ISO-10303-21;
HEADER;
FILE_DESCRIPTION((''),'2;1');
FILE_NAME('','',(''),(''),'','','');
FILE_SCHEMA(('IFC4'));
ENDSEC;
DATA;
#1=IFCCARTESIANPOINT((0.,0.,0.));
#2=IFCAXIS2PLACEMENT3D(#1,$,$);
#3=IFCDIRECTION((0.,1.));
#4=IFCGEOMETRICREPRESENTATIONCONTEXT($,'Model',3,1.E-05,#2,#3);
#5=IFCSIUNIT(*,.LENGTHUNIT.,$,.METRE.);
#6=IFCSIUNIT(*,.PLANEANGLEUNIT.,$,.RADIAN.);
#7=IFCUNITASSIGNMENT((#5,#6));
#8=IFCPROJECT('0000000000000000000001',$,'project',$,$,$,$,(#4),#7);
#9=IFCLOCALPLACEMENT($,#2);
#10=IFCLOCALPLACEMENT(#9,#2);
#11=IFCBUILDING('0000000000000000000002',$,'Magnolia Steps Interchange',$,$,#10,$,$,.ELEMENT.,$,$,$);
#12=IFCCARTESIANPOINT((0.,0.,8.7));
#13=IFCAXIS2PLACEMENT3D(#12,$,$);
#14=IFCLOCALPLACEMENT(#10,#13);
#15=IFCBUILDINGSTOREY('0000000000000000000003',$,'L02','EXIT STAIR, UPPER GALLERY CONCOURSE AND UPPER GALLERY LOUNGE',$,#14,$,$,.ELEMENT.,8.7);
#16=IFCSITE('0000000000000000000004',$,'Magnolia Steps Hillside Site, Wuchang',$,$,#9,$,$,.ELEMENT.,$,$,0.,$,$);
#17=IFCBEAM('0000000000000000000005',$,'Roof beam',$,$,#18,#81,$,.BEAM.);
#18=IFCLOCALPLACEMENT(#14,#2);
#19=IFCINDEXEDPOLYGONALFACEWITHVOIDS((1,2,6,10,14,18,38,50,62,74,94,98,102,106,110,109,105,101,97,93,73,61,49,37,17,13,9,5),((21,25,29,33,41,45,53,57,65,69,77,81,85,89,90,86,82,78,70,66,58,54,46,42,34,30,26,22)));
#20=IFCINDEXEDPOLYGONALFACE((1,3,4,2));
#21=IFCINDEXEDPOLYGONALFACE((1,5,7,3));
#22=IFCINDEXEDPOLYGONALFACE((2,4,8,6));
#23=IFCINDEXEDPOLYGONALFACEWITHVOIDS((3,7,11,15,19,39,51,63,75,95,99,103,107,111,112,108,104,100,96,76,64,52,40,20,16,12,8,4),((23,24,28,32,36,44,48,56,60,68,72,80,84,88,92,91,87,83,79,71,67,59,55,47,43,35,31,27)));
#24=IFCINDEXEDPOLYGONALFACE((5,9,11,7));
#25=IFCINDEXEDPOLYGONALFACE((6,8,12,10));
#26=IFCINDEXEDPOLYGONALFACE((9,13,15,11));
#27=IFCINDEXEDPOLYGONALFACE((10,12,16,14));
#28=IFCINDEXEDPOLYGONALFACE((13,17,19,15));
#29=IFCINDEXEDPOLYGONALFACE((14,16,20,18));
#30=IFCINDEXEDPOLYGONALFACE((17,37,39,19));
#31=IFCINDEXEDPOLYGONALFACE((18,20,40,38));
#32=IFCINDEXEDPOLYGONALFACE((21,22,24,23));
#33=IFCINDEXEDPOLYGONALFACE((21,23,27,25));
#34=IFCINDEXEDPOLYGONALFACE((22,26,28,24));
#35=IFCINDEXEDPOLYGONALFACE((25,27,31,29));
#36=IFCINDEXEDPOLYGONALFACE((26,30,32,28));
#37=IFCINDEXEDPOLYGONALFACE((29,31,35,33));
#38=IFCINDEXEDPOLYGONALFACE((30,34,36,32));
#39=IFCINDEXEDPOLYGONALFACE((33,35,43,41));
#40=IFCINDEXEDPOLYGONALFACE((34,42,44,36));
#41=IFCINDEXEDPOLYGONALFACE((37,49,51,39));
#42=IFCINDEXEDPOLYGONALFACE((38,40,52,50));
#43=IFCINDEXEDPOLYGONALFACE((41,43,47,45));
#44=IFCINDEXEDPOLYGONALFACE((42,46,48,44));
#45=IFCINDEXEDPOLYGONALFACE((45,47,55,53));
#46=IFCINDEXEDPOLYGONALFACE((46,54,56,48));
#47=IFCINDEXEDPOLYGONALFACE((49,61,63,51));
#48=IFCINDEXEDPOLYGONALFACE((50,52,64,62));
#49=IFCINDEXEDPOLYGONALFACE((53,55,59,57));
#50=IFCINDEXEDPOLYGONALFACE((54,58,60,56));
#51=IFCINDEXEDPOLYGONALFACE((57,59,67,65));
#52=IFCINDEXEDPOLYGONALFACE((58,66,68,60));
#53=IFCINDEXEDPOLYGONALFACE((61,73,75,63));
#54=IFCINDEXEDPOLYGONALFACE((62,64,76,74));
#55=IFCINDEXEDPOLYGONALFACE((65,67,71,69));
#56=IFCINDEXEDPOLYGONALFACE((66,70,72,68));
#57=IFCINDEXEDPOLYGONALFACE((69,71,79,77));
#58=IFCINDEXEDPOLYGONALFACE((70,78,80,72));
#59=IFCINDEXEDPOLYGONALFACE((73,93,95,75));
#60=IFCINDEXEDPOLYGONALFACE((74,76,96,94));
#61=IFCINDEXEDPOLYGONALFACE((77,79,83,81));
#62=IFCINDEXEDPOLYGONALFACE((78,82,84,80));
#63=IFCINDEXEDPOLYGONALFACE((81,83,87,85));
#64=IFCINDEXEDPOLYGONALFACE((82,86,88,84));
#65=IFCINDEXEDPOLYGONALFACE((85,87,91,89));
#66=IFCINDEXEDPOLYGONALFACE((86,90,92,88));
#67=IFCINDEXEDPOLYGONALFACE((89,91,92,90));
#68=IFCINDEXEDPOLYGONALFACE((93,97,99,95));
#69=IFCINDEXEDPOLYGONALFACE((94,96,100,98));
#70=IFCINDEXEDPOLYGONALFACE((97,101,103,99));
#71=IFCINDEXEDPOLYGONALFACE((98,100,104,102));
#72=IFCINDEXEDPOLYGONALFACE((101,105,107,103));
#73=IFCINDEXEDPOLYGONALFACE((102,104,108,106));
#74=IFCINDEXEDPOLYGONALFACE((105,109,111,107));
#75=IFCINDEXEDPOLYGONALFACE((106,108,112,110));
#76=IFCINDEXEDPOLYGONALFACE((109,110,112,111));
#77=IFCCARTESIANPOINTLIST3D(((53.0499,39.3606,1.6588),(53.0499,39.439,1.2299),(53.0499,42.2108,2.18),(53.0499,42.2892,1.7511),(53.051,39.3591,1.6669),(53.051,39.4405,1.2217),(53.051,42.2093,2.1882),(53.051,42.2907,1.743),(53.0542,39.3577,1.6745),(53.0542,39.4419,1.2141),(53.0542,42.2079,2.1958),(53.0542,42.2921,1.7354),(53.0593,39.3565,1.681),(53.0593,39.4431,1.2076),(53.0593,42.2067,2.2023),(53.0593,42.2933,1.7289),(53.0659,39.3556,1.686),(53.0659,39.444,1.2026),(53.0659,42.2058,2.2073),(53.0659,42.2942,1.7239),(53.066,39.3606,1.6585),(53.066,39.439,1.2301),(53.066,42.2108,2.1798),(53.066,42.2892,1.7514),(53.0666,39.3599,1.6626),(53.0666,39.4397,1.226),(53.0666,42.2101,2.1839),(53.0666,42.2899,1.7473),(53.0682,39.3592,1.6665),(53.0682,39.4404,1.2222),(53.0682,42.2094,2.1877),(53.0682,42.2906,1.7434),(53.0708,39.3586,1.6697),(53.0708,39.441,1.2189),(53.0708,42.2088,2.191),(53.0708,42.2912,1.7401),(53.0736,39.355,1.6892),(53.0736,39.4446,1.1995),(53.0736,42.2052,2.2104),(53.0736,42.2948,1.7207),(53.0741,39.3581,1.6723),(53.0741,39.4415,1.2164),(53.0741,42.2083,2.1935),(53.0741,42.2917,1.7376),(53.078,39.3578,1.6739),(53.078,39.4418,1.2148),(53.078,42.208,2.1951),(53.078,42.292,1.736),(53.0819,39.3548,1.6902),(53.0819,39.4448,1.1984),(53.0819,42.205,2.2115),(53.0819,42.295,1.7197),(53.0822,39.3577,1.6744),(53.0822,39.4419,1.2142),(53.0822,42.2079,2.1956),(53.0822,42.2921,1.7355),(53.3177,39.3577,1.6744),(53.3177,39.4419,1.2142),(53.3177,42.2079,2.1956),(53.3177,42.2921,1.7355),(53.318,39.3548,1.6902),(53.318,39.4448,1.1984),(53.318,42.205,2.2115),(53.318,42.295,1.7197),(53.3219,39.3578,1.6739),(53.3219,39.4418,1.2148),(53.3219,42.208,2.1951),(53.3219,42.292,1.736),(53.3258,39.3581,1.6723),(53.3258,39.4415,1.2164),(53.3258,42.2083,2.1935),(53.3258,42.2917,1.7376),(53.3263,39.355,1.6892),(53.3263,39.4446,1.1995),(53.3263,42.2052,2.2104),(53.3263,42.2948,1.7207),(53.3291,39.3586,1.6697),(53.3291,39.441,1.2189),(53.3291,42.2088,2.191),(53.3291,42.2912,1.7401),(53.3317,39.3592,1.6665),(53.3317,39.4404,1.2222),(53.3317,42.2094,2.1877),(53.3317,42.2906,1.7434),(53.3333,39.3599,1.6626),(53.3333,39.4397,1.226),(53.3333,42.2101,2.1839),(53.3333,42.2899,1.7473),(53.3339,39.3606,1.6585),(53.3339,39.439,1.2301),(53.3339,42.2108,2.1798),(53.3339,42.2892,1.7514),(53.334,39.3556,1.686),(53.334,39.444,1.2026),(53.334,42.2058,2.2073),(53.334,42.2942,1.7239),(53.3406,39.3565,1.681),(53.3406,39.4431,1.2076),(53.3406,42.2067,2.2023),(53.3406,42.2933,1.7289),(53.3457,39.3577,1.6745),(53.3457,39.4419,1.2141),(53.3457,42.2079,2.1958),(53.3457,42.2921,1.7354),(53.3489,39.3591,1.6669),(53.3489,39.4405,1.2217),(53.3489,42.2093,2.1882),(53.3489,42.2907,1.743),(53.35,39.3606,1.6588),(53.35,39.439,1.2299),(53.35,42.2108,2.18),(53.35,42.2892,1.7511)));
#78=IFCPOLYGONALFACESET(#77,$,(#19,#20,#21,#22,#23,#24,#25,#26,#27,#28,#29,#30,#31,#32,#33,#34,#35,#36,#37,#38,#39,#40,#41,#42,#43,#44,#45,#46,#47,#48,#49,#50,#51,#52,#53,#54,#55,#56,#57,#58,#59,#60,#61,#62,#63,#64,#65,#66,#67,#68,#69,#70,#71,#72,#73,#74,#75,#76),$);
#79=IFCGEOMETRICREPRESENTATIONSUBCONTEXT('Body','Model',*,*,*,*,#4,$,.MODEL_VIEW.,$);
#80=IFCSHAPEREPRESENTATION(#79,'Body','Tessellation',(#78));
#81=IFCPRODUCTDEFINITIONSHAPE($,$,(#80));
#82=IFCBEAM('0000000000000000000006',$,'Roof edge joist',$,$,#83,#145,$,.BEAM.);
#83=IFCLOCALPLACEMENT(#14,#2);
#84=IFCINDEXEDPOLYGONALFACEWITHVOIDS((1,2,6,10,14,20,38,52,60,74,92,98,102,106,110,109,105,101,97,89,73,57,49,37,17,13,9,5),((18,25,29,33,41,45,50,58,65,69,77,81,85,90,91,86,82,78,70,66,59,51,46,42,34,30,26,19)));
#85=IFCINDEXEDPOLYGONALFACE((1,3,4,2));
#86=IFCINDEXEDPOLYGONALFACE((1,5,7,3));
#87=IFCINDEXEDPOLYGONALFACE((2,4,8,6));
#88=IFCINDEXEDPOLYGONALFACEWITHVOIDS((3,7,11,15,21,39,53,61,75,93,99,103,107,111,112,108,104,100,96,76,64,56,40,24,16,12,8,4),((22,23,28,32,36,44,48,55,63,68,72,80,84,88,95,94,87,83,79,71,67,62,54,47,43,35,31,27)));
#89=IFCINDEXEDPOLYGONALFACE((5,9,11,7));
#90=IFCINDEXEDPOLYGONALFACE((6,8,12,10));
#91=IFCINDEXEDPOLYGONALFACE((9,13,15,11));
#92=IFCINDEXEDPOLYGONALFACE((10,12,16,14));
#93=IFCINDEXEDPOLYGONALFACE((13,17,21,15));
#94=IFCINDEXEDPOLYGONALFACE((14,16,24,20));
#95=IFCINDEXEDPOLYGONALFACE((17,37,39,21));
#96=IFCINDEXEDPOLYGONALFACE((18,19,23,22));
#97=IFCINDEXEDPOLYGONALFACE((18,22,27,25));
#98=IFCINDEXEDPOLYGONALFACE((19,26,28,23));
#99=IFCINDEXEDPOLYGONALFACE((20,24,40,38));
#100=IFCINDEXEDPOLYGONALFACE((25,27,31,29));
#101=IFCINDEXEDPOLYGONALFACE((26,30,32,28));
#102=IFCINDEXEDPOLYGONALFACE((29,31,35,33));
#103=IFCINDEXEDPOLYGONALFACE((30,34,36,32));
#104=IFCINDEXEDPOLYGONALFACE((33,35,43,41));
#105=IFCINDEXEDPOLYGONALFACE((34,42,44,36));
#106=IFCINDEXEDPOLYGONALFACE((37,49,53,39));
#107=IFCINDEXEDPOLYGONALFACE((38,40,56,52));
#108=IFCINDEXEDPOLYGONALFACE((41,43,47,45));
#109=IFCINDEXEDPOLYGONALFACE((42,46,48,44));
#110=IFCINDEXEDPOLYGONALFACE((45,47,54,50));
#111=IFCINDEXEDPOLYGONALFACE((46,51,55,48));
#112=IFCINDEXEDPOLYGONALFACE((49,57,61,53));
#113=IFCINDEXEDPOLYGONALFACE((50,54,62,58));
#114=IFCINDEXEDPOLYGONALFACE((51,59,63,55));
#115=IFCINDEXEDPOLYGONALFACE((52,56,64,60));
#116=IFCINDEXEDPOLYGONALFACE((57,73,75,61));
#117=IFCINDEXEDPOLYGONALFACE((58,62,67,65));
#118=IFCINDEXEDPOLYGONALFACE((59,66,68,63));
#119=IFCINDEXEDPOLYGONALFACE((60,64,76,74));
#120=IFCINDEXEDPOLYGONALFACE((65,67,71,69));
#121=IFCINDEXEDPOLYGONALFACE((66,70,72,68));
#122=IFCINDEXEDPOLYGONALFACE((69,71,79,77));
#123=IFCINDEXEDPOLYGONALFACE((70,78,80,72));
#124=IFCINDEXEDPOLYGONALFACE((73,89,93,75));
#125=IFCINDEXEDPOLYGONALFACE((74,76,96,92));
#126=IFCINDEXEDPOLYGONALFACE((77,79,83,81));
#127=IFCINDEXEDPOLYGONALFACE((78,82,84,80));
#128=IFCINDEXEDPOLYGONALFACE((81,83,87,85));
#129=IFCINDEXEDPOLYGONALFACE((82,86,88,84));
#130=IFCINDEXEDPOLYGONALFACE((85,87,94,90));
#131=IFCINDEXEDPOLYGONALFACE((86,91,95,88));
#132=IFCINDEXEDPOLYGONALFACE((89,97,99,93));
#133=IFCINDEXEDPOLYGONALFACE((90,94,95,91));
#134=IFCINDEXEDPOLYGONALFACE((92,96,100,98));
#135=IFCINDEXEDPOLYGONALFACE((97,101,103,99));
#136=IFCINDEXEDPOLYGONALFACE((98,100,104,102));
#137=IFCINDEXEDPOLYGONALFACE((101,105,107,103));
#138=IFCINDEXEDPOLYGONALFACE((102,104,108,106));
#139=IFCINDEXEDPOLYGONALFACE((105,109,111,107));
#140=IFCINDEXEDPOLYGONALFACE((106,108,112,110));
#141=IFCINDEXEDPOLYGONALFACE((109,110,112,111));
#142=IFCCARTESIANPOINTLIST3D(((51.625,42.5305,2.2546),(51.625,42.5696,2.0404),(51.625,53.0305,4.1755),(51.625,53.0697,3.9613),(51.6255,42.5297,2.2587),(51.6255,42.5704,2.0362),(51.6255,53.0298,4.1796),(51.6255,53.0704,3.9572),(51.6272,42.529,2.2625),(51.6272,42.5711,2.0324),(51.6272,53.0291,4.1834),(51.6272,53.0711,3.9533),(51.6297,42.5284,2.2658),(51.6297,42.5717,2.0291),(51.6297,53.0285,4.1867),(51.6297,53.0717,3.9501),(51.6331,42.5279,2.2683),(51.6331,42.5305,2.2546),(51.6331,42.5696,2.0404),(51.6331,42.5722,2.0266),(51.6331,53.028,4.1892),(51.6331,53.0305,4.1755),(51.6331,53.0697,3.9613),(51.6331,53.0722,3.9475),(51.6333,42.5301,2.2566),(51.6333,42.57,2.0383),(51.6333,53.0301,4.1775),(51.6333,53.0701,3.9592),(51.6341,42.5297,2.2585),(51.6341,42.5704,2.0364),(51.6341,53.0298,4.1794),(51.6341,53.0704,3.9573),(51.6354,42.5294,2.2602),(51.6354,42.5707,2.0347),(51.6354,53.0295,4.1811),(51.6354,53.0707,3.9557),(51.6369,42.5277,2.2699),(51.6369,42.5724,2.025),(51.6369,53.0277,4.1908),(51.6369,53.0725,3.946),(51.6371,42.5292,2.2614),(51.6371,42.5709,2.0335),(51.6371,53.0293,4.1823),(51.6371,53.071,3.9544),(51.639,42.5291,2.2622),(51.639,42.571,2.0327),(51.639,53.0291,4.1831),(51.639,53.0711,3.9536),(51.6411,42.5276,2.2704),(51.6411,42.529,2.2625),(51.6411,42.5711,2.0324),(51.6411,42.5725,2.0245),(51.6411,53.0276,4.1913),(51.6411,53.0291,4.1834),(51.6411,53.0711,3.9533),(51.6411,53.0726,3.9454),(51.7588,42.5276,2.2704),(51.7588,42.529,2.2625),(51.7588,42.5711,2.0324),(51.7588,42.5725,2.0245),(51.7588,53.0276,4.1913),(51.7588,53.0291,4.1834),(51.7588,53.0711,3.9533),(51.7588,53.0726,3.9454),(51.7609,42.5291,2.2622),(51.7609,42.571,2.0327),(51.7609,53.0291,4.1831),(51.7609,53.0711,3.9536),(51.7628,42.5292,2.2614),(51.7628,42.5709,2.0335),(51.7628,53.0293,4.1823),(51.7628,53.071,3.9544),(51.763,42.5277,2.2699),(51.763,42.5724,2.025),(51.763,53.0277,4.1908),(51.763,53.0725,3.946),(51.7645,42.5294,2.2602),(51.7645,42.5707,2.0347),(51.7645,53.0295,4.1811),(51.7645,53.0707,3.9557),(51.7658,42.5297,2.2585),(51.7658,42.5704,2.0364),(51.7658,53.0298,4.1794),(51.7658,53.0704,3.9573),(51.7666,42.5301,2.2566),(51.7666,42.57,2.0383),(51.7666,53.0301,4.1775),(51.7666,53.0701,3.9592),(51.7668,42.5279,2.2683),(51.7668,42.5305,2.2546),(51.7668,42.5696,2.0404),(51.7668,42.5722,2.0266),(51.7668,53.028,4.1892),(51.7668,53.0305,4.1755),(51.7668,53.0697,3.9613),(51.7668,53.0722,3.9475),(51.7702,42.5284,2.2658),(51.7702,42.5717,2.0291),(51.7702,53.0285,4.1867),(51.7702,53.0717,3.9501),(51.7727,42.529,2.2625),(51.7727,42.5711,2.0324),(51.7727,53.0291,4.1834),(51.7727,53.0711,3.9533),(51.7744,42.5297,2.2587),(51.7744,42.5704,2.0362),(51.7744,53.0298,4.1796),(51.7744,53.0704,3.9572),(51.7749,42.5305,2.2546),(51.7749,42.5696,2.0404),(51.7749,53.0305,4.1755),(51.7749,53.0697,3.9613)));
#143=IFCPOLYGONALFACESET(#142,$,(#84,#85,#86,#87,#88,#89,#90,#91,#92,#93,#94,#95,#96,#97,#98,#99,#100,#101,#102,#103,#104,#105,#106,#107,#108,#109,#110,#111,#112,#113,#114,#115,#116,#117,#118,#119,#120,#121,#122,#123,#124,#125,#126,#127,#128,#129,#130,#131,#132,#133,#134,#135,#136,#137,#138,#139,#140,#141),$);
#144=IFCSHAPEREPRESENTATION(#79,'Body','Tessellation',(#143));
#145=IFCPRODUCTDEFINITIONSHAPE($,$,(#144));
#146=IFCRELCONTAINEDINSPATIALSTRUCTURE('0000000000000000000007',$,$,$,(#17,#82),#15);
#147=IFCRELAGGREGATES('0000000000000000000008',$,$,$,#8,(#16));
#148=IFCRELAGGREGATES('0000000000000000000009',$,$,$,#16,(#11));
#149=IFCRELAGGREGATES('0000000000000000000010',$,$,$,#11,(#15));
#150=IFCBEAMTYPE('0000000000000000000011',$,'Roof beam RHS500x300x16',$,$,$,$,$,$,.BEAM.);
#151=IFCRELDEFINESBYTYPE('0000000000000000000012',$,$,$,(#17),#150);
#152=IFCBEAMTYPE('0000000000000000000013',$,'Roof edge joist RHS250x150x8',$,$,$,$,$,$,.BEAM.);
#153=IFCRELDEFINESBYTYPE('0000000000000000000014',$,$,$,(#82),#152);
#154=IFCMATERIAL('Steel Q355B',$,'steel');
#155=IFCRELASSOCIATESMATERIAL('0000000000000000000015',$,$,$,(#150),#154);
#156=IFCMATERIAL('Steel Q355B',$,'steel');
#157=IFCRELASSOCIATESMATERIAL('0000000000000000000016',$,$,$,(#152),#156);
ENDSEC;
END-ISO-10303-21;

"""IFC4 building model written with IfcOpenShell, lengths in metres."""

from ifc_helpers import new_model, si_unit, direction, frame, origin, origin_2d, place, context, subcontext, project, spatial, hollow_rectangle, extrude, material, material_profile, profile_set, type_object, element, save


model = new_model("IFC4")

# Units and contexts
model_context = context("Model", 3, precision=1e-05, world=origin(), true_north=direction((0.0, 1.0)))
body_context = subcontext(model_context, "Body", "Model", "MODEL_VIEW")
ifc_project = project(units=[si_unit("LENGTHUNIT", "METRE"), si_unit("PLANEANGLEUNIT", "RADIAN")], contexts=[model_context])

# Site, building, storey
site_placement = place(None, origin())
site = spatial("IfcSite", under=ifc_project, at=site_placement, Name="Magnolia Steps Hillside Site, Wuchang", CompositionType="ELEMENT", RefElevation=0.0)
building_placement = place(site_placement, origin())
building = spatial("IfcBuilding", under=site, at=building_placement, Name="Magnolia Steps Interchange", CompositionType="ELEMENT")
storey_placement = place(building_placement, frame((0.0, 0.0, 8.7)))
storey = spatial("IfcBuildingStorey", under=building, at=storey_placement, Name="L02", Description="EXIT STAIR, UPPER GALLERY CONCOURSE AND UPPER GALLERY LOUNGE", CompositionType="ELEMENT", Elevation=8.7)

# Beams
ifc_material_1 = material(Name="Steel Q355B", Category="steel")
ifc_material_profile_1 = material_profile(ifc_material_1, hollow_rectangle(XDim=0.3, YDim=0.5, WallThickness=0.0161, InnerFilletRadius=0.0161, OuterFilletRadius=0.032, at=origin_2d()), Name="RHS500x300x16")
ifc_profile_set_1 = profile_set([ifc_material_profile_1], Name="Steel Q355B")
beam_type_1 = type_object("IfcBeamType", Name="Roof beam RHS500x300x16", PredefinedType="BEAM", material=ifc_profile_set_1)
beam_1_placement = place(storey_placement, frame((53.2, 42.25, 1.9656), z_axis=(0.0, -0.983685, -0.179901), x_axis=(1.0, 0.0, 0.0)))
element("IfcBeam", 1, at=beam_1_placement, inside=storey, type_object=beam_type_1, Name="Roof beam", PredefinedType="BEAM", context=body_context, shape_type="SweptSolid", body=[
    extrude(hollow_rectangle(XDim=0.3, YDim=0.5, WallThickness=0.0161, InnerFilletRadius=0.0161, OuterFilletRadius=0.032, at=origin_2d()), origin(), (0.0, 0.0, 1.0), 2.8975),
])
ifc_material_2 = material(Name="Steel Q355B", Category="steel")
ifc_material_profile_2 = material_profile(ifc_material_2, hollow_rectangle(XDim=0.1499, YDim=0.25, WallThickness=0.0081, InnerFilletRadius=0.0081, OuterFilletRadius=0.0161, at=origin_2d()), Name="RHS250x150x8")
ifc_profile_set_2 = profile_set([ifc_material_profile_2], Name="Steel Q355B")
beam_type_2 = type_object("IfcBeamType", Name="Roof edge joist RHS250x150x8", PredefinedType="BEAM", material=ifc_profile_set_2)
beam_2_placement = place(storey_placement, frame((51.7, 42.55, 2.1475), z_axis=(0.0, 0.983675, 0.179956), x_axis=(-1.0, 0.0, 0.0)))
element("IfcBeam", 2, at=beam_2_placement, inside=storey, type_object=beam_type_2, Name="Roof edge joist", PredefinedType="BEAM", context=body_context, shape_type="SweptSolid", body=[
    extrude(hollow_rectangle(XDim=0.1499, YDim=0.25, WallThickness=0.0081, InnerFilletRadius=0.0081, OuterFilletRadius=0.0161, at=origin_2d()), origin(), (0.0, 0.0, 1.0), 10.6743),
])

save(model, "model.ifc")
